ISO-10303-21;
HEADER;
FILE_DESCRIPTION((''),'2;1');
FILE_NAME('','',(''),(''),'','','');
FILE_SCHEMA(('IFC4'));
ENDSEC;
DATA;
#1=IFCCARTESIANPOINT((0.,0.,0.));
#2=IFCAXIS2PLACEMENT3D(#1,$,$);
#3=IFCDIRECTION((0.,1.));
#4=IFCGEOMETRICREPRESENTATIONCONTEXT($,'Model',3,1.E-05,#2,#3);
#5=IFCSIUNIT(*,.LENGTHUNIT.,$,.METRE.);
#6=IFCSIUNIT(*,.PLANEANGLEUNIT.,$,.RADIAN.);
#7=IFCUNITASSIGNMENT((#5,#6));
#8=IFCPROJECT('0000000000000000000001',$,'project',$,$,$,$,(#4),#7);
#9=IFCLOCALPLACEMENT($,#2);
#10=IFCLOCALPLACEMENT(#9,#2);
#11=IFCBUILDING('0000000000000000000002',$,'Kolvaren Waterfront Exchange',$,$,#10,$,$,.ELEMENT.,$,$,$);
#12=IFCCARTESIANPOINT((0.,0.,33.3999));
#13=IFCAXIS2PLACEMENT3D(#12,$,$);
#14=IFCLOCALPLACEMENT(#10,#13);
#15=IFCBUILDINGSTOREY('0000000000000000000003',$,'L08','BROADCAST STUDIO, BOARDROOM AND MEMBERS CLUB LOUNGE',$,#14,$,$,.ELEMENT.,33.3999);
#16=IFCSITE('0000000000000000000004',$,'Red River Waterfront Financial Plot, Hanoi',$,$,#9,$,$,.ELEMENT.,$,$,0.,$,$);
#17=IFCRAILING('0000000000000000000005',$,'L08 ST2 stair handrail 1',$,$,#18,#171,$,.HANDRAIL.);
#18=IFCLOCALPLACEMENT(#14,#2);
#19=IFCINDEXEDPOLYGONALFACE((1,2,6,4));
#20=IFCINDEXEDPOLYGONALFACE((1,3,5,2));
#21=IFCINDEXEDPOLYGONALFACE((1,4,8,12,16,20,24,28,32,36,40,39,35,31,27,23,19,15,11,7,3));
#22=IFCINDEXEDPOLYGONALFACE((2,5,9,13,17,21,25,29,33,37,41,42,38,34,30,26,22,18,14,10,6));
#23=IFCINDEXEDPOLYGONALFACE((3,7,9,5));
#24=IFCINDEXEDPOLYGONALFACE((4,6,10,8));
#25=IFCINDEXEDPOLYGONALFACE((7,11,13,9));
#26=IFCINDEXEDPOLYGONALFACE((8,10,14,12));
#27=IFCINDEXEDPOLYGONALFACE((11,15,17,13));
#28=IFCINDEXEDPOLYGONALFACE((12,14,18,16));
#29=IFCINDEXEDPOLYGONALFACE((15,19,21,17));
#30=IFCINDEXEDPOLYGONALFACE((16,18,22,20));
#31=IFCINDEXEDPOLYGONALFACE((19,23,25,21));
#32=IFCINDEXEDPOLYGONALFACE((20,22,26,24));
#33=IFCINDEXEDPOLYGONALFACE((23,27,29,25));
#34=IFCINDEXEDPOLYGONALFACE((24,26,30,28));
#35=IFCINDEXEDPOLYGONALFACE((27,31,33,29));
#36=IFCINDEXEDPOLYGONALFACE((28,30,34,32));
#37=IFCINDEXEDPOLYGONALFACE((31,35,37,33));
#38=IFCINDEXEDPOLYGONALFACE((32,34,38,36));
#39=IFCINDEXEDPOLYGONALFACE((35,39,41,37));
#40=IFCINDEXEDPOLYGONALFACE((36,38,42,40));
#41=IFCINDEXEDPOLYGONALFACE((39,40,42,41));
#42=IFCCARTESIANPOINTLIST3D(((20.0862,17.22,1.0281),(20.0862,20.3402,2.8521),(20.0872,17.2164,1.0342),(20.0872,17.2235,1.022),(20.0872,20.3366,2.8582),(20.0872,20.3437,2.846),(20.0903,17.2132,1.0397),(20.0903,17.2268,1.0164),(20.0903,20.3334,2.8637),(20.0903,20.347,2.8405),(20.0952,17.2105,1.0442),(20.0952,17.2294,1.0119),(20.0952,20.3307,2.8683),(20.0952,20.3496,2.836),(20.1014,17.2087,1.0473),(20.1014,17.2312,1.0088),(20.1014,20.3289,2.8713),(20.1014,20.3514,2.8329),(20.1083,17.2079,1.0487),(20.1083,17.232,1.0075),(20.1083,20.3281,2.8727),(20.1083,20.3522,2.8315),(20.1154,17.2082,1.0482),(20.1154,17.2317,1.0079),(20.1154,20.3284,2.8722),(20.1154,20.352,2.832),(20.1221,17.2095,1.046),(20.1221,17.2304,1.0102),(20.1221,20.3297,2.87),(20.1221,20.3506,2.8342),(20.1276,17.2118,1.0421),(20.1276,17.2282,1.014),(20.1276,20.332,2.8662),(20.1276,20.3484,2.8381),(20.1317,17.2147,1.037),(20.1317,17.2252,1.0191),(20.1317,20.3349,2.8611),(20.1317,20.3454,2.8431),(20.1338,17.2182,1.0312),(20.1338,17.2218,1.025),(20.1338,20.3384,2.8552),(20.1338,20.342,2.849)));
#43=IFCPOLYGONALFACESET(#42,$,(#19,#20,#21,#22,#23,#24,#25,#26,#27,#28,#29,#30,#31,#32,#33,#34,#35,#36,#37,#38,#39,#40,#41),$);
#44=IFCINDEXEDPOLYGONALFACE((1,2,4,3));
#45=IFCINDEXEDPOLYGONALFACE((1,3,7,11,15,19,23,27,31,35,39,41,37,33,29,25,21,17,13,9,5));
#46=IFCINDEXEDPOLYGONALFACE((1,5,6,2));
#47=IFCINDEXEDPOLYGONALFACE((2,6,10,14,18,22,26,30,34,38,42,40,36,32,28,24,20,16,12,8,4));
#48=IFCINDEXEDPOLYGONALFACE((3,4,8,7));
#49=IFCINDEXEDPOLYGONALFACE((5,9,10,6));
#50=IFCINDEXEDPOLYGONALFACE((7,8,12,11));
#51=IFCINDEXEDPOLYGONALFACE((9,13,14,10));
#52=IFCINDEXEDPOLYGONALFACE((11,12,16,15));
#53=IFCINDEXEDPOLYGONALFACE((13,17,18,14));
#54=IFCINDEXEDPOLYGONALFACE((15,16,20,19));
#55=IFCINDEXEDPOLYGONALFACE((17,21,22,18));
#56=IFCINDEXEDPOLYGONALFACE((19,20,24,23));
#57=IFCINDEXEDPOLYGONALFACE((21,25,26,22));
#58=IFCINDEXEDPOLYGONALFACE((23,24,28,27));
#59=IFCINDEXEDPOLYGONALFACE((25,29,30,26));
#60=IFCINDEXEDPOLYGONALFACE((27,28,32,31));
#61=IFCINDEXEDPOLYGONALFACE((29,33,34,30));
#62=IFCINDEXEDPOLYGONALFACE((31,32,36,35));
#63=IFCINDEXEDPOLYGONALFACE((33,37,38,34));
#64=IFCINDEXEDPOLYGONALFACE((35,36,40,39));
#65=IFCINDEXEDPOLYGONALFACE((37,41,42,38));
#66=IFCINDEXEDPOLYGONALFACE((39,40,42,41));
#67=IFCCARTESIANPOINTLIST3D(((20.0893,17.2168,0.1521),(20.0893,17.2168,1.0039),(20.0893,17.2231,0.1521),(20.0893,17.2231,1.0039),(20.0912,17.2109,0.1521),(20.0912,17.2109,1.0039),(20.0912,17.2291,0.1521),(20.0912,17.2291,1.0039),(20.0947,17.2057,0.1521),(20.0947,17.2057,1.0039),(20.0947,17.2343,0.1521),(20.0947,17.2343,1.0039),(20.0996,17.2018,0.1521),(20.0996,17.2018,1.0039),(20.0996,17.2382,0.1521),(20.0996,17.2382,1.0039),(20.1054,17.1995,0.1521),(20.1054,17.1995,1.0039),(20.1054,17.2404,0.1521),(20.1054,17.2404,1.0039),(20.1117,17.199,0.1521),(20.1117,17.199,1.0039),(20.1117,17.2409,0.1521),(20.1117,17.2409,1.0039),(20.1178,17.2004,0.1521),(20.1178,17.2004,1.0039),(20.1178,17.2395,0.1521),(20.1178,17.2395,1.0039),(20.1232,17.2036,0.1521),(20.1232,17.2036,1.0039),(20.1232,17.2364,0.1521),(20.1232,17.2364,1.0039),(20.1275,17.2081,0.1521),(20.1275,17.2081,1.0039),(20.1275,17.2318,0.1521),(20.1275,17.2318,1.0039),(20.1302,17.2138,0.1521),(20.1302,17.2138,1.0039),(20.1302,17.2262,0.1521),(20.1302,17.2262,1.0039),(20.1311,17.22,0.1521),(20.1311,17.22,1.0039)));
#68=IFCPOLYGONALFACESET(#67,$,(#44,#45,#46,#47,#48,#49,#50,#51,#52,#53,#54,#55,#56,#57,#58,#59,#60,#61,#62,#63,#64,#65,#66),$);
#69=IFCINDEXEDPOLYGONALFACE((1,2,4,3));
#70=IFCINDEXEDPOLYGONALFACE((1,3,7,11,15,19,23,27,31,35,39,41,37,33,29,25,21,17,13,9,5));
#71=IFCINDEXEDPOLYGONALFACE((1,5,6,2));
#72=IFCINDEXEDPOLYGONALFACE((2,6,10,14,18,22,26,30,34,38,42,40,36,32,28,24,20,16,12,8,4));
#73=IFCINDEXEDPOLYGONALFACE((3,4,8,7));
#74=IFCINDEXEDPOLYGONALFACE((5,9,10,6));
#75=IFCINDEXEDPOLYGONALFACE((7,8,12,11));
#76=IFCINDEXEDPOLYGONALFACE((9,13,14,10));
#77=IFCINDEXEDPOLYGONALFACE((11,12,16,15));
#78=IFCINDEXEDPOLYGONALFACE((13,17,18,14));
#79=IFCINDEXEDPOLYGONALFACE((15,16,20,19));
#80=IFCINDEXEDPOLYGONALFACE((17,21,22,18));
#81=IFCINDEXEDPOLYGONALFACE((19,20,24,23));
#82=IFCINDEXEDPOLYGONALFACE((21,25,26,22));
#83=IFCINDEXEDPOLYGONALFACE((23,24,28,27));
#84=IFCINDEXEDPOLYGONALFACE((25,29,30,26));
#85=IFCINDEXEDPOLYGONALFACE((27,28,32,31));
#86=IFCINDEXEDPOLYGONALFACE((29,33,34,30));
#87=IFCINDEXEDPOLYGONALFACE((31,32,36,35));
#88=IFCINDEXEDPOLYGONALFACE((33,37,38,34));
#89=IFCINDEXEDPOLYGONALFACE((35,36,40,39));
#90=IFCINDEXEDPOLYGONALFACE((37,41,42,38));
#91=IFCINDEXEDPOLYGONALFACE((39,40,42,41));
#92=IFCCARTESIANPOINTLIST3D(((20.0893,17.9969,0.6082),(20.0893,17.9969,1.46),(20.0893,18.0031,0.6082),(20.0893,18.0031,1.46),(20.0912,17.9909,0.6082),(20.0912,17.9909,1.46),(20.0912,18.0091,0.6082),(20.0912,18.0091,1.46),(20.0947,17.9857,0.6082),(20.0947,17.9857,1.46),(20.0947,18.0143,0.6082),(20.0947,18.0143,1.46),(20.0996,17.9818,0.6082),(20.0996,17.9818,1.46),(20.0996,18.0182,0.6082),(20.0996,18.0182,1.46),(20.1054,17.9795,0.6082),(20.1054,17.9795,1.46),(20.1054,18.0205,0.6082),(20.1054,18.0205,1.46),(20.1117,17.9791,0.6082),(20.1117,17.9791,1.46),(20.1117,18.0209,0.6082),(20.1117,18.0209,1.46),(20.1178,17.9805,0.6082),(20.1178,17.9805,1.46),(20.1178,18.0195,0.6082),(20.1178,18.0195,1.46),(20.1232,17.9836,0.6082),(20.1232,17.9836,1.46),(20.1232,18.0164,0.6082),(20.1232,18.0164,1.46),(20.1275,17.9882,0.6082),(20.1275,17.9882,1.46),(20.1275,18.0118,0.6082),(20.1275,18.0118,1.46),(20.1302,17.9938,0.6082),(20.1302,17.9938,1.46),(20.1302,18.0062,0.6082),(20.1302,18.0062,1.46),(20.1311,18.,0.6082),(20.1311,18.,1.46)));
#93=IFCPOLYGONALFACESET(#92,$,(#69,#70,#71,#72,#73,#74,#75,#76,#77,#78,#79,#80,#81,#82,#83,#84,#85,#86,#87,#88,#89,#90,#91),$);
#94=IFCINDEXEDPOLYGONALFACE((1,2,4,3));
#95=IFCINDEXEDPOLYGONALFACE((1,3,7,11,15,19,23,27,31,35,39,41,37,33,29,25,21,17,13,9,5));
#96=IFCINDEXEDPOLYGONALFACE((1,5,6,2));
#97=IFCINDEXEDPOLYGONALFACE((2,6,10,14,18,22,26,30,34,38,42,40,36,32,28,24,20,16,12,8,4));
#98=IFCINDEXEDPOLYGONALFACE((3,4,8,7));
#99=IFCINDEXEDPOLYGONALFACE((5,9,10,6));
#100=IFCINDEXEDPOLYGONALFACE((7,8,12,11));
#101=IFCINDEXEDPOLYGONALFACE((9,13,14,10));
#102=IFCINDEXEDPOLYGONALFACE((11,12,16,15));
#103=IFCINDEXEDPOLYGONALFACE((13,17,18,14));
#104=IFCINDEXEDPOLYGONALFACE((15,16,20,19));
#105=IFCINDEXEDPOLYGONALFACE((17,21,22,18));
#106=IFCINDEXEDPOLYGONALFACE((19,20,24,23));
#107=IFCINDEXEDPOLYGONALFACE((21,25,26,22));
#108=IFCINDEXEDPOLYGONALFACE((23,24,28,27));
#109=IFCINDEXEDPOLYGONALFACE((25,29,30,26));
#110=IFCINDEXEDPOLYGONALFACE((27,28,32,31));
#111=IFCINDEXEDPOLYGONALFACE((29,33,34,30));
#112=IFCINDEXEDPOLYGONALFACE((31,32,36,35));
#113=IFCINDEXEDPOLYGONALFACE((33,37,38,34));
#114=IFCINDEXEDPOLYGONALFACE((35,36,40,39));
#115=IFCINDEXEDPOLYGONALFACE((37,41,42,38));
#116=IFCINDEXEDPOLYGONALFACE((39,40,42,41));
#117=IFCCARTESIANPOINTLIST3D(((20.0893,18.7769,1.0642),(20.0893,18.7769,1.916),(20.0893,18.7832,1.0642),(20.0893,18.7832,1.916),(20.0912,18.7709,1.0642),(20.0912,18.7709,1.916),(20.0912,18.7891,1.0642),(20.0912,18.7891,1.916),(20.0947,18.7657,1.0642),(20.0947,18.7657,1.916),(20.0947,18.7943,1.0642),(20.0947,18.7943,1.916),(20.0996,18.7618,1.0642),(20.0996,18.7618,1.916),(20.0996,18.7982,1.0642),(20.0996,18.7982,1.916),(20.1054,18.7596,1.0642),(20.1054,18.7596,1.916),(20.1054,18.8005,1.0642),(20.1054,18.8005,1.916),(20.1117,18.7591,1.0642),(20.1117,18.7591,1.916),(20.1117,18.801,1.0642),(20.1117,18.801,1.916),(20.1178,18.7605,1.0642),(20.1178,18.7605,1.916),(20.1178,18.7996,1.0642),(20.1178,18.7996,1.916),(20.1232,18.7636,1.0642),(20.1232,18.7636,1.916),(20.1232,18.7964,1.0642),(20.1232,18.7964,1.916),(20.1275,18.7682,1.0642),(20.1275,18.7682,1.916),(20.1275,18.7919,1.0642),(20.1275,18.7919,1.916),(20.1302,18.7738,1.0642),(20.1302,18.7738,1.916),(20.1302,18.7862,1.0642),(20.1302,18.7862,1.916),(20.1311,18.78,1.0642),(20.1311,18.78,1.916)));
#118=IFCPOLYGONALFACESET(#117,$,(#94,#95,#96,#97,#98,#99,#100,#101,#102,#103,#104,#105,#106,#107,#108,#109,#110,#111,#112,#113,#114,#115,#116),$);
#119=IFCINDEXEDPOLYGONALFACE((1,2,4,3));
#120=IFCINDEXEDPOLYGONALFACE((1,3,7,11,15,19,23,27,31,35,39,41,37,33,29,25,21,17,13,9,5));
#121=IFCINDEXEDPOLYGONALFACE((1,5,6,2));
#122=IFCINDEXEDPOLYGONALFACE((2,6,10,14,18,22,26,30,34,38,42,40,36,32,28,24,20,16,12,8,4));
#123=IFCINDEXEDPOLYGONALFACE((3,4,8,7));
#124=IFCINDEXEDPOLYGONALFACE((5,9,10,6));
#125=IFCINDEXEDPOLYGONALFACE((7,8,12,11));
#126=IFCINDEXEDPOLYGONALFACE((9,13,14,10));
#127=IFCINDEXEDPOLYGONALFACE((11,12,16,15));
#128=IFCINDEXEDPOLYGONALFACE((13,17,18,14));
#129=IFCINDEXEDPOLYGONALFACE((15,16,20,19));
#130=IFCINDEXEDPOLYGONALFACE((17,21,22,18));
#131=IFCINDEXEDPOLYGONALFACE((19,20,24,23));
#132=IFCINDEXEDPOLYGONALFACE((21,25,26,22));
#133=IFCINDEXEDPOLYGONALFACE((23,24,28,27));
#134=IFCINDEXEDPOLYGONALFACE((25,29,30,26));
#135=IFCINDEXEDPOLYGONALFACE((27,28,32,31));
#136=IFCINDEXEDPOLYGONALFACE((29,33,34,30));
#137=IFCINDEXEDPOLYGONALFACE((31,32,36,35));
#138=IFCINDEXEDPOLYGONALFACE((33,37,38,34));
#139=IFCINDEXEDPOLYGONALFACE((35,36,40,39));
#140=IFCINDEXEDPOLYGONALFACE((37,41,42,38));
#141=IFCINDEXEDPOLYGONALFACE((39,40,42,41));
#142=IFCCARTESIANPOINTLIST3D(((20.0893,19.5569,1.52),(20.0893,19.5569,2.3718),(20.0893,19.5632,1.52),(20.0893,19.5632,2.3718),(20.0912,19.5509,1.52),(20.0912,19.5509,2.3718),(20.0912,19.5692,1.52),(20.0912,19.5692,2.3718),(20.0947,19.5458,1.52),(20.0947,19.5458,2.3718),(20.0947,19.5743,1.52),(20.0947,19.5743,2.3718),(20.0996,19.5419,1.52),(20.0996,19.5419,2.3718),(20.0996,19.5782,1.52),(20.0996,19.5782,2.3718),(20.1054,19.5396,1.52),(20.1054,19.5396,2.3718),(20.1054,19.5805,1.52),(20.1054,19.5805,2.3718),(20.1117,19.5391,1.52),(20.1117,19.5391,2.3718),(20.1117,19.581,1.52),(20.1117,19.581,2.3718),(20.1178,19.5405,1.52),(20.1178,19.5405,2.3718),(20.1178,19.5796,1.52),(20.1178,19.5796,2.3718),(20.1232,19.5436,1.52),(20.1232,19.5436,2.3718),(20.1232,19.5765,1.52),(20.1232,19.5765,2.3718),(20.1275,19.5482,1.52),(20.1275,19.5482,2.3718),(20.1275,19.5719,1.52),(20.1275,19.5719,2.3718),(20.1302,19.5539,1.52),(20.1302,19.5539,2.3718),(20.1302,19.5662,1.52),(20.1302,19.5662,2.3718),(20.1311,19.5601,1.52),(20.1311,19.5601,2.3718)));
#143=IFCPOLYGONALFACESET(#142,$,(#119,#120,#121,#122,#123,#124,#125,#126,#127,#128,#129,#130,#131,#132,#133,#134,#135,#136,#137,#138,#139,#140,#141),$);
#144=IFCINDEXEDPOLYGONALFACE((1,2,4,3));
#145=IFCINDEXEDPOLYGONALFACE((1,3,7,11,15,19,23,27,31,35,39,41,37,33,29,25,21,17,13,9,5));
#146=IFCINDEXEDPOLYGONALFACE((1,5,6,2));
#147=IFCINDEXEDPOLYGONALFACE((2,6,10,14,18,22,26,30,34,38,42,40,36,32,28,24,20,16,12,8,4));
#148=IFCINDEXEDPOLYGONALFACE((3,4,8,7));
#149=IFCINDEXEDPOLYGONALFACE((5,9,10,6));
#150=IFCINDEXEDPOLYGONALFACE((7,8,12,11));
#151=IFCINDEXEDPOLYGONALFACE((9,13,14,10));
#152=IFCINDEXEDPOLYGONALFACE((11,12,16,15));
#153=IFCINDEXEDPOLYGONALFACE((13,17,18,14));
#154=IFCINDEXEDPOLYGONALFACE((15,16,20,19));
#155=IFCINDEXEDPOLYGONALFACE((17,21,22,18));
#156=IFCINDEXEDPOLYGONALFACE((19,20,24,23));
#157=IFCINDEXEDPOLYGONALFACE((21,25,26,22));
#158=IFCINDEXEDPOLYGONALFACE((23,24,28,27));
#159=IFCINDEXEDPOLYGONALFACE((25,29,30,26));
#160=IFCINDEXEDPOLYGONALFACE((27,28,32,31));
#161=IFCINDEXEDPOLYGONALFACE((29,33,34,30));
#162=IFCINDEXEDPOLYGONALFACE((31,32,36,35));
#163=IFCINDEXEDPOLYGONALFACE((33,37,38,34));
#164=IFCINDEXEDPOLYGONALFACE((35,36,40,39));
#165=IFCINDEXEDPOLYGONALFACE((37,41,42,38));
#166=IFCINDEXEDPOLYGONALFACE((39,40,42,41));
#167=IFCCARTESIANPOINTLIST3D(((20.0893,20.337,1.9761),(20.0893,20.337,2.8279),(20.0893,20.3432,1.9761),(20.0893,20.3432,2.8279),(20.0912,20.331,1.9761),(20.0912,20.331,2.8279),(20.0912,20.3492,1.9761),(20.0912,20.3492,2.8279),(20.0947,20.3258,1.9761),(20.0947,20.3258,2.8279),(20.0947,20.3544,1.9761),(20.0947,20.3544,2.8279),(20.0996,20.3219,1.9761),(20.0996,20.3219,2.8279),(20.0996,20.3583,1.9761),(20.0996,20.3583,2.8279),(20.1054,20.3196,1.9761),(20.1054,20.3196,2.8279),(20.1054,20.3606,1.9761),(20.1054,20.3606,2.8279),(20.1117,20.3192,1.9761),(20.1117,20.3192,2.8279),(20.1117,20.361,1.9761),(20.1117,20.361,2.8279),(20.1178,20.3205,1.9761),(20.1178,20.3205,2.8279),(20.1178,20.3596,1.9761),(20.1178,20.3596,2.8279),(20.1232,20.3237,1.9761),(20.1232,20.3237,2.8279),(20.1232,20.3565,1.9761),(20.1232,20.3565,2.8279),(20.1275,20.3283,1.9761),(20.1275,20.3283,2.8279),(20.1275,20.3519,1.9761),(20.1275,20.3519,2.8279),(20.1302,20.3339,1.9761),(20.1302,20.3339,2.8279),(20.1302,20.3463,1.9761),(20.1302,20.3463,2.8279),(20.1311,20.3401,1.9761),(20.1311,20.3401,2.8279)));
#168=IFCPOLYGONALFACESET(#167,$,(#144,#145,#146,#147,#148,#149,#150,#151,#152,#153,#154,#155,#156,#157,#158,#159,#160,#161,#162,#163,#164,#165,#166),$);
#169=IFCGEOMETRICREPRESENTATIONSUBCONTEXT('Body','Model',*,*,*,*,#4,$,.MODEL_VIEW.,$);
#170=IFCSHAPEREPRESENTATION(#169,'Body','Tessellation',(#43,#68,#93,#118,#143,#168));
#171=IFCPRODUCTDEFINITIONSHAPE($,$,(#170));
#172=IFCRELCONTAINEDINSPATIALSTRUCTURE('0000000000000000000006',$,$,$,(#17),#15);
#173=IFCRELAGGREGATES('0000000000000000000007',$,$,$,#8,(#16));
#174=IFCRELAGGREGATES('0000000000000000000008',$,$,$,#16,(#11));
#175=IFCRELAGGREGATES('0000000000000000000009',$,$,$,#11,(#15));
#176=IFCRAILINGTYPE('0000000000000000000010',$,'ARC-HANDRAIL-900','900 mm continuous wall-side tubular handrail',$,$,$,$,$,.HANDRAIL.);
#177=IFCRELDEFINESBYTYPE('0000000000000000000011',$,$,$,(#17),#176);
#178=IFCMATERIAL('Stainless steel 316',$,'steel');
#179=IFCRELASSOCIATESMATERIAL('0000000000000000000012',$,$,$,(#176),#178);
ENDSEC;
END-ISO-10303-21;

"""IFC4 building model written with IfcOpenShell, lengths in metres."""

from ifc_helpers import new_model, si_unit, direction, frame, origin, origin_2d, place, context, subcontext, project, spatial, circle, extrude, material, type_object, element, save


model = new_model("IFC4")

# Units and contexts
model_context = context("Model", 3, precision=1e-05, world=origin(), true_north=direction((0.0, 1.0)))
body_context = subcontext(model_context, "Body", "Model", "MODEL_VIEW")
ifc_project = project(units=[si_unit("LENGTHUNIT", "METRE"), si_unit("PLANEANGLEUNIT", "RADIAN")], contexts=[model_context])

# Site, building, storey
site_placement = place(None, origin())
site = spatial("IfcSite", under=ifc_project, at=site_placement, Name="Red River Waterfront Financial Plot, Hanoi", CompositionType="ELEMENT", RefElevation=0.0)
building_placement = place(site_placement, origin())
building = spatial("IfcBuilding", under=site, at=building_placement, Name="Kolvaren Waterfront Exchange", CompositionType="ELEMENT")
storey_placement = place(building_placement, frame((0.0, 0.0, 33.3999)))
storey = spatial("IfcBuildingStorey", under=building, at=storey_placement, Name="L08", Description="BROADCAST STUDIO, BOARDROOM AND MEMBERS CLUB LOUNGE", CompositionType="ELEMENT", Elevation=33.3999)

# Railing
ifc_material_1 = material(Name="Stainless steel 316", Category="steel")
railing_type = type_object("IfcRailingType", Name="ARC-HANDRAIL-900", Description="900 mm continuous wall-side tubular handrail", PredefinedType="HANDRAIL", material=ifc_material_1)
railing_1_placement = place(storey_placement, frame((20.1101, 17.22, 0.1521)))
element("IfcRailing", 1, at=railing_1_placement, inside=storey, type_object=railing_type, Name="L08 ST2 stair handrail 1", PredefinedType="HANDRAIL", context=body_context, shape_type="SweptSolid", body=[
    extrude(circle(Radius=0.0239, at=origin_2d()), frame((0.0, 0.0, 0.876), z_axis=(0.0, 0.863308, 0.504677), x_axis=(-1.0, 0.0, 0.0)), (0.0, 0.0, 1.0), 3.6143),
    extrude(circle(Radius=0.021, at=origin_2d()), origin(), (0.0, 0.0, 1.0), 0.8518),
    extrude(circle(Radius=0.021, at=origin_2d()), frame((0.0, 0.78, 0.4561)), (0.0, 0.0, 1.0), 0.8518),
    extrude(circle(Radius=0.021, at=origin_2d()), frame((0.0, 1.5601, 0.9121)), (0.0, 0.0, 1.0), 0.8518),
    extrude(circle(Radius=0.021, at=origin_2d()), frame((0.0, 2.3401, 1.3679)), (0.0, 0.0, 1.0), 0.8518),
    extrude(circle(Radius=0.021, at=origin_2d()), frame((0.0, 3.1201, 1.824)), (0.0, 0.0, 1.0), 0.8518),
])

save(model, "model.ifc")
